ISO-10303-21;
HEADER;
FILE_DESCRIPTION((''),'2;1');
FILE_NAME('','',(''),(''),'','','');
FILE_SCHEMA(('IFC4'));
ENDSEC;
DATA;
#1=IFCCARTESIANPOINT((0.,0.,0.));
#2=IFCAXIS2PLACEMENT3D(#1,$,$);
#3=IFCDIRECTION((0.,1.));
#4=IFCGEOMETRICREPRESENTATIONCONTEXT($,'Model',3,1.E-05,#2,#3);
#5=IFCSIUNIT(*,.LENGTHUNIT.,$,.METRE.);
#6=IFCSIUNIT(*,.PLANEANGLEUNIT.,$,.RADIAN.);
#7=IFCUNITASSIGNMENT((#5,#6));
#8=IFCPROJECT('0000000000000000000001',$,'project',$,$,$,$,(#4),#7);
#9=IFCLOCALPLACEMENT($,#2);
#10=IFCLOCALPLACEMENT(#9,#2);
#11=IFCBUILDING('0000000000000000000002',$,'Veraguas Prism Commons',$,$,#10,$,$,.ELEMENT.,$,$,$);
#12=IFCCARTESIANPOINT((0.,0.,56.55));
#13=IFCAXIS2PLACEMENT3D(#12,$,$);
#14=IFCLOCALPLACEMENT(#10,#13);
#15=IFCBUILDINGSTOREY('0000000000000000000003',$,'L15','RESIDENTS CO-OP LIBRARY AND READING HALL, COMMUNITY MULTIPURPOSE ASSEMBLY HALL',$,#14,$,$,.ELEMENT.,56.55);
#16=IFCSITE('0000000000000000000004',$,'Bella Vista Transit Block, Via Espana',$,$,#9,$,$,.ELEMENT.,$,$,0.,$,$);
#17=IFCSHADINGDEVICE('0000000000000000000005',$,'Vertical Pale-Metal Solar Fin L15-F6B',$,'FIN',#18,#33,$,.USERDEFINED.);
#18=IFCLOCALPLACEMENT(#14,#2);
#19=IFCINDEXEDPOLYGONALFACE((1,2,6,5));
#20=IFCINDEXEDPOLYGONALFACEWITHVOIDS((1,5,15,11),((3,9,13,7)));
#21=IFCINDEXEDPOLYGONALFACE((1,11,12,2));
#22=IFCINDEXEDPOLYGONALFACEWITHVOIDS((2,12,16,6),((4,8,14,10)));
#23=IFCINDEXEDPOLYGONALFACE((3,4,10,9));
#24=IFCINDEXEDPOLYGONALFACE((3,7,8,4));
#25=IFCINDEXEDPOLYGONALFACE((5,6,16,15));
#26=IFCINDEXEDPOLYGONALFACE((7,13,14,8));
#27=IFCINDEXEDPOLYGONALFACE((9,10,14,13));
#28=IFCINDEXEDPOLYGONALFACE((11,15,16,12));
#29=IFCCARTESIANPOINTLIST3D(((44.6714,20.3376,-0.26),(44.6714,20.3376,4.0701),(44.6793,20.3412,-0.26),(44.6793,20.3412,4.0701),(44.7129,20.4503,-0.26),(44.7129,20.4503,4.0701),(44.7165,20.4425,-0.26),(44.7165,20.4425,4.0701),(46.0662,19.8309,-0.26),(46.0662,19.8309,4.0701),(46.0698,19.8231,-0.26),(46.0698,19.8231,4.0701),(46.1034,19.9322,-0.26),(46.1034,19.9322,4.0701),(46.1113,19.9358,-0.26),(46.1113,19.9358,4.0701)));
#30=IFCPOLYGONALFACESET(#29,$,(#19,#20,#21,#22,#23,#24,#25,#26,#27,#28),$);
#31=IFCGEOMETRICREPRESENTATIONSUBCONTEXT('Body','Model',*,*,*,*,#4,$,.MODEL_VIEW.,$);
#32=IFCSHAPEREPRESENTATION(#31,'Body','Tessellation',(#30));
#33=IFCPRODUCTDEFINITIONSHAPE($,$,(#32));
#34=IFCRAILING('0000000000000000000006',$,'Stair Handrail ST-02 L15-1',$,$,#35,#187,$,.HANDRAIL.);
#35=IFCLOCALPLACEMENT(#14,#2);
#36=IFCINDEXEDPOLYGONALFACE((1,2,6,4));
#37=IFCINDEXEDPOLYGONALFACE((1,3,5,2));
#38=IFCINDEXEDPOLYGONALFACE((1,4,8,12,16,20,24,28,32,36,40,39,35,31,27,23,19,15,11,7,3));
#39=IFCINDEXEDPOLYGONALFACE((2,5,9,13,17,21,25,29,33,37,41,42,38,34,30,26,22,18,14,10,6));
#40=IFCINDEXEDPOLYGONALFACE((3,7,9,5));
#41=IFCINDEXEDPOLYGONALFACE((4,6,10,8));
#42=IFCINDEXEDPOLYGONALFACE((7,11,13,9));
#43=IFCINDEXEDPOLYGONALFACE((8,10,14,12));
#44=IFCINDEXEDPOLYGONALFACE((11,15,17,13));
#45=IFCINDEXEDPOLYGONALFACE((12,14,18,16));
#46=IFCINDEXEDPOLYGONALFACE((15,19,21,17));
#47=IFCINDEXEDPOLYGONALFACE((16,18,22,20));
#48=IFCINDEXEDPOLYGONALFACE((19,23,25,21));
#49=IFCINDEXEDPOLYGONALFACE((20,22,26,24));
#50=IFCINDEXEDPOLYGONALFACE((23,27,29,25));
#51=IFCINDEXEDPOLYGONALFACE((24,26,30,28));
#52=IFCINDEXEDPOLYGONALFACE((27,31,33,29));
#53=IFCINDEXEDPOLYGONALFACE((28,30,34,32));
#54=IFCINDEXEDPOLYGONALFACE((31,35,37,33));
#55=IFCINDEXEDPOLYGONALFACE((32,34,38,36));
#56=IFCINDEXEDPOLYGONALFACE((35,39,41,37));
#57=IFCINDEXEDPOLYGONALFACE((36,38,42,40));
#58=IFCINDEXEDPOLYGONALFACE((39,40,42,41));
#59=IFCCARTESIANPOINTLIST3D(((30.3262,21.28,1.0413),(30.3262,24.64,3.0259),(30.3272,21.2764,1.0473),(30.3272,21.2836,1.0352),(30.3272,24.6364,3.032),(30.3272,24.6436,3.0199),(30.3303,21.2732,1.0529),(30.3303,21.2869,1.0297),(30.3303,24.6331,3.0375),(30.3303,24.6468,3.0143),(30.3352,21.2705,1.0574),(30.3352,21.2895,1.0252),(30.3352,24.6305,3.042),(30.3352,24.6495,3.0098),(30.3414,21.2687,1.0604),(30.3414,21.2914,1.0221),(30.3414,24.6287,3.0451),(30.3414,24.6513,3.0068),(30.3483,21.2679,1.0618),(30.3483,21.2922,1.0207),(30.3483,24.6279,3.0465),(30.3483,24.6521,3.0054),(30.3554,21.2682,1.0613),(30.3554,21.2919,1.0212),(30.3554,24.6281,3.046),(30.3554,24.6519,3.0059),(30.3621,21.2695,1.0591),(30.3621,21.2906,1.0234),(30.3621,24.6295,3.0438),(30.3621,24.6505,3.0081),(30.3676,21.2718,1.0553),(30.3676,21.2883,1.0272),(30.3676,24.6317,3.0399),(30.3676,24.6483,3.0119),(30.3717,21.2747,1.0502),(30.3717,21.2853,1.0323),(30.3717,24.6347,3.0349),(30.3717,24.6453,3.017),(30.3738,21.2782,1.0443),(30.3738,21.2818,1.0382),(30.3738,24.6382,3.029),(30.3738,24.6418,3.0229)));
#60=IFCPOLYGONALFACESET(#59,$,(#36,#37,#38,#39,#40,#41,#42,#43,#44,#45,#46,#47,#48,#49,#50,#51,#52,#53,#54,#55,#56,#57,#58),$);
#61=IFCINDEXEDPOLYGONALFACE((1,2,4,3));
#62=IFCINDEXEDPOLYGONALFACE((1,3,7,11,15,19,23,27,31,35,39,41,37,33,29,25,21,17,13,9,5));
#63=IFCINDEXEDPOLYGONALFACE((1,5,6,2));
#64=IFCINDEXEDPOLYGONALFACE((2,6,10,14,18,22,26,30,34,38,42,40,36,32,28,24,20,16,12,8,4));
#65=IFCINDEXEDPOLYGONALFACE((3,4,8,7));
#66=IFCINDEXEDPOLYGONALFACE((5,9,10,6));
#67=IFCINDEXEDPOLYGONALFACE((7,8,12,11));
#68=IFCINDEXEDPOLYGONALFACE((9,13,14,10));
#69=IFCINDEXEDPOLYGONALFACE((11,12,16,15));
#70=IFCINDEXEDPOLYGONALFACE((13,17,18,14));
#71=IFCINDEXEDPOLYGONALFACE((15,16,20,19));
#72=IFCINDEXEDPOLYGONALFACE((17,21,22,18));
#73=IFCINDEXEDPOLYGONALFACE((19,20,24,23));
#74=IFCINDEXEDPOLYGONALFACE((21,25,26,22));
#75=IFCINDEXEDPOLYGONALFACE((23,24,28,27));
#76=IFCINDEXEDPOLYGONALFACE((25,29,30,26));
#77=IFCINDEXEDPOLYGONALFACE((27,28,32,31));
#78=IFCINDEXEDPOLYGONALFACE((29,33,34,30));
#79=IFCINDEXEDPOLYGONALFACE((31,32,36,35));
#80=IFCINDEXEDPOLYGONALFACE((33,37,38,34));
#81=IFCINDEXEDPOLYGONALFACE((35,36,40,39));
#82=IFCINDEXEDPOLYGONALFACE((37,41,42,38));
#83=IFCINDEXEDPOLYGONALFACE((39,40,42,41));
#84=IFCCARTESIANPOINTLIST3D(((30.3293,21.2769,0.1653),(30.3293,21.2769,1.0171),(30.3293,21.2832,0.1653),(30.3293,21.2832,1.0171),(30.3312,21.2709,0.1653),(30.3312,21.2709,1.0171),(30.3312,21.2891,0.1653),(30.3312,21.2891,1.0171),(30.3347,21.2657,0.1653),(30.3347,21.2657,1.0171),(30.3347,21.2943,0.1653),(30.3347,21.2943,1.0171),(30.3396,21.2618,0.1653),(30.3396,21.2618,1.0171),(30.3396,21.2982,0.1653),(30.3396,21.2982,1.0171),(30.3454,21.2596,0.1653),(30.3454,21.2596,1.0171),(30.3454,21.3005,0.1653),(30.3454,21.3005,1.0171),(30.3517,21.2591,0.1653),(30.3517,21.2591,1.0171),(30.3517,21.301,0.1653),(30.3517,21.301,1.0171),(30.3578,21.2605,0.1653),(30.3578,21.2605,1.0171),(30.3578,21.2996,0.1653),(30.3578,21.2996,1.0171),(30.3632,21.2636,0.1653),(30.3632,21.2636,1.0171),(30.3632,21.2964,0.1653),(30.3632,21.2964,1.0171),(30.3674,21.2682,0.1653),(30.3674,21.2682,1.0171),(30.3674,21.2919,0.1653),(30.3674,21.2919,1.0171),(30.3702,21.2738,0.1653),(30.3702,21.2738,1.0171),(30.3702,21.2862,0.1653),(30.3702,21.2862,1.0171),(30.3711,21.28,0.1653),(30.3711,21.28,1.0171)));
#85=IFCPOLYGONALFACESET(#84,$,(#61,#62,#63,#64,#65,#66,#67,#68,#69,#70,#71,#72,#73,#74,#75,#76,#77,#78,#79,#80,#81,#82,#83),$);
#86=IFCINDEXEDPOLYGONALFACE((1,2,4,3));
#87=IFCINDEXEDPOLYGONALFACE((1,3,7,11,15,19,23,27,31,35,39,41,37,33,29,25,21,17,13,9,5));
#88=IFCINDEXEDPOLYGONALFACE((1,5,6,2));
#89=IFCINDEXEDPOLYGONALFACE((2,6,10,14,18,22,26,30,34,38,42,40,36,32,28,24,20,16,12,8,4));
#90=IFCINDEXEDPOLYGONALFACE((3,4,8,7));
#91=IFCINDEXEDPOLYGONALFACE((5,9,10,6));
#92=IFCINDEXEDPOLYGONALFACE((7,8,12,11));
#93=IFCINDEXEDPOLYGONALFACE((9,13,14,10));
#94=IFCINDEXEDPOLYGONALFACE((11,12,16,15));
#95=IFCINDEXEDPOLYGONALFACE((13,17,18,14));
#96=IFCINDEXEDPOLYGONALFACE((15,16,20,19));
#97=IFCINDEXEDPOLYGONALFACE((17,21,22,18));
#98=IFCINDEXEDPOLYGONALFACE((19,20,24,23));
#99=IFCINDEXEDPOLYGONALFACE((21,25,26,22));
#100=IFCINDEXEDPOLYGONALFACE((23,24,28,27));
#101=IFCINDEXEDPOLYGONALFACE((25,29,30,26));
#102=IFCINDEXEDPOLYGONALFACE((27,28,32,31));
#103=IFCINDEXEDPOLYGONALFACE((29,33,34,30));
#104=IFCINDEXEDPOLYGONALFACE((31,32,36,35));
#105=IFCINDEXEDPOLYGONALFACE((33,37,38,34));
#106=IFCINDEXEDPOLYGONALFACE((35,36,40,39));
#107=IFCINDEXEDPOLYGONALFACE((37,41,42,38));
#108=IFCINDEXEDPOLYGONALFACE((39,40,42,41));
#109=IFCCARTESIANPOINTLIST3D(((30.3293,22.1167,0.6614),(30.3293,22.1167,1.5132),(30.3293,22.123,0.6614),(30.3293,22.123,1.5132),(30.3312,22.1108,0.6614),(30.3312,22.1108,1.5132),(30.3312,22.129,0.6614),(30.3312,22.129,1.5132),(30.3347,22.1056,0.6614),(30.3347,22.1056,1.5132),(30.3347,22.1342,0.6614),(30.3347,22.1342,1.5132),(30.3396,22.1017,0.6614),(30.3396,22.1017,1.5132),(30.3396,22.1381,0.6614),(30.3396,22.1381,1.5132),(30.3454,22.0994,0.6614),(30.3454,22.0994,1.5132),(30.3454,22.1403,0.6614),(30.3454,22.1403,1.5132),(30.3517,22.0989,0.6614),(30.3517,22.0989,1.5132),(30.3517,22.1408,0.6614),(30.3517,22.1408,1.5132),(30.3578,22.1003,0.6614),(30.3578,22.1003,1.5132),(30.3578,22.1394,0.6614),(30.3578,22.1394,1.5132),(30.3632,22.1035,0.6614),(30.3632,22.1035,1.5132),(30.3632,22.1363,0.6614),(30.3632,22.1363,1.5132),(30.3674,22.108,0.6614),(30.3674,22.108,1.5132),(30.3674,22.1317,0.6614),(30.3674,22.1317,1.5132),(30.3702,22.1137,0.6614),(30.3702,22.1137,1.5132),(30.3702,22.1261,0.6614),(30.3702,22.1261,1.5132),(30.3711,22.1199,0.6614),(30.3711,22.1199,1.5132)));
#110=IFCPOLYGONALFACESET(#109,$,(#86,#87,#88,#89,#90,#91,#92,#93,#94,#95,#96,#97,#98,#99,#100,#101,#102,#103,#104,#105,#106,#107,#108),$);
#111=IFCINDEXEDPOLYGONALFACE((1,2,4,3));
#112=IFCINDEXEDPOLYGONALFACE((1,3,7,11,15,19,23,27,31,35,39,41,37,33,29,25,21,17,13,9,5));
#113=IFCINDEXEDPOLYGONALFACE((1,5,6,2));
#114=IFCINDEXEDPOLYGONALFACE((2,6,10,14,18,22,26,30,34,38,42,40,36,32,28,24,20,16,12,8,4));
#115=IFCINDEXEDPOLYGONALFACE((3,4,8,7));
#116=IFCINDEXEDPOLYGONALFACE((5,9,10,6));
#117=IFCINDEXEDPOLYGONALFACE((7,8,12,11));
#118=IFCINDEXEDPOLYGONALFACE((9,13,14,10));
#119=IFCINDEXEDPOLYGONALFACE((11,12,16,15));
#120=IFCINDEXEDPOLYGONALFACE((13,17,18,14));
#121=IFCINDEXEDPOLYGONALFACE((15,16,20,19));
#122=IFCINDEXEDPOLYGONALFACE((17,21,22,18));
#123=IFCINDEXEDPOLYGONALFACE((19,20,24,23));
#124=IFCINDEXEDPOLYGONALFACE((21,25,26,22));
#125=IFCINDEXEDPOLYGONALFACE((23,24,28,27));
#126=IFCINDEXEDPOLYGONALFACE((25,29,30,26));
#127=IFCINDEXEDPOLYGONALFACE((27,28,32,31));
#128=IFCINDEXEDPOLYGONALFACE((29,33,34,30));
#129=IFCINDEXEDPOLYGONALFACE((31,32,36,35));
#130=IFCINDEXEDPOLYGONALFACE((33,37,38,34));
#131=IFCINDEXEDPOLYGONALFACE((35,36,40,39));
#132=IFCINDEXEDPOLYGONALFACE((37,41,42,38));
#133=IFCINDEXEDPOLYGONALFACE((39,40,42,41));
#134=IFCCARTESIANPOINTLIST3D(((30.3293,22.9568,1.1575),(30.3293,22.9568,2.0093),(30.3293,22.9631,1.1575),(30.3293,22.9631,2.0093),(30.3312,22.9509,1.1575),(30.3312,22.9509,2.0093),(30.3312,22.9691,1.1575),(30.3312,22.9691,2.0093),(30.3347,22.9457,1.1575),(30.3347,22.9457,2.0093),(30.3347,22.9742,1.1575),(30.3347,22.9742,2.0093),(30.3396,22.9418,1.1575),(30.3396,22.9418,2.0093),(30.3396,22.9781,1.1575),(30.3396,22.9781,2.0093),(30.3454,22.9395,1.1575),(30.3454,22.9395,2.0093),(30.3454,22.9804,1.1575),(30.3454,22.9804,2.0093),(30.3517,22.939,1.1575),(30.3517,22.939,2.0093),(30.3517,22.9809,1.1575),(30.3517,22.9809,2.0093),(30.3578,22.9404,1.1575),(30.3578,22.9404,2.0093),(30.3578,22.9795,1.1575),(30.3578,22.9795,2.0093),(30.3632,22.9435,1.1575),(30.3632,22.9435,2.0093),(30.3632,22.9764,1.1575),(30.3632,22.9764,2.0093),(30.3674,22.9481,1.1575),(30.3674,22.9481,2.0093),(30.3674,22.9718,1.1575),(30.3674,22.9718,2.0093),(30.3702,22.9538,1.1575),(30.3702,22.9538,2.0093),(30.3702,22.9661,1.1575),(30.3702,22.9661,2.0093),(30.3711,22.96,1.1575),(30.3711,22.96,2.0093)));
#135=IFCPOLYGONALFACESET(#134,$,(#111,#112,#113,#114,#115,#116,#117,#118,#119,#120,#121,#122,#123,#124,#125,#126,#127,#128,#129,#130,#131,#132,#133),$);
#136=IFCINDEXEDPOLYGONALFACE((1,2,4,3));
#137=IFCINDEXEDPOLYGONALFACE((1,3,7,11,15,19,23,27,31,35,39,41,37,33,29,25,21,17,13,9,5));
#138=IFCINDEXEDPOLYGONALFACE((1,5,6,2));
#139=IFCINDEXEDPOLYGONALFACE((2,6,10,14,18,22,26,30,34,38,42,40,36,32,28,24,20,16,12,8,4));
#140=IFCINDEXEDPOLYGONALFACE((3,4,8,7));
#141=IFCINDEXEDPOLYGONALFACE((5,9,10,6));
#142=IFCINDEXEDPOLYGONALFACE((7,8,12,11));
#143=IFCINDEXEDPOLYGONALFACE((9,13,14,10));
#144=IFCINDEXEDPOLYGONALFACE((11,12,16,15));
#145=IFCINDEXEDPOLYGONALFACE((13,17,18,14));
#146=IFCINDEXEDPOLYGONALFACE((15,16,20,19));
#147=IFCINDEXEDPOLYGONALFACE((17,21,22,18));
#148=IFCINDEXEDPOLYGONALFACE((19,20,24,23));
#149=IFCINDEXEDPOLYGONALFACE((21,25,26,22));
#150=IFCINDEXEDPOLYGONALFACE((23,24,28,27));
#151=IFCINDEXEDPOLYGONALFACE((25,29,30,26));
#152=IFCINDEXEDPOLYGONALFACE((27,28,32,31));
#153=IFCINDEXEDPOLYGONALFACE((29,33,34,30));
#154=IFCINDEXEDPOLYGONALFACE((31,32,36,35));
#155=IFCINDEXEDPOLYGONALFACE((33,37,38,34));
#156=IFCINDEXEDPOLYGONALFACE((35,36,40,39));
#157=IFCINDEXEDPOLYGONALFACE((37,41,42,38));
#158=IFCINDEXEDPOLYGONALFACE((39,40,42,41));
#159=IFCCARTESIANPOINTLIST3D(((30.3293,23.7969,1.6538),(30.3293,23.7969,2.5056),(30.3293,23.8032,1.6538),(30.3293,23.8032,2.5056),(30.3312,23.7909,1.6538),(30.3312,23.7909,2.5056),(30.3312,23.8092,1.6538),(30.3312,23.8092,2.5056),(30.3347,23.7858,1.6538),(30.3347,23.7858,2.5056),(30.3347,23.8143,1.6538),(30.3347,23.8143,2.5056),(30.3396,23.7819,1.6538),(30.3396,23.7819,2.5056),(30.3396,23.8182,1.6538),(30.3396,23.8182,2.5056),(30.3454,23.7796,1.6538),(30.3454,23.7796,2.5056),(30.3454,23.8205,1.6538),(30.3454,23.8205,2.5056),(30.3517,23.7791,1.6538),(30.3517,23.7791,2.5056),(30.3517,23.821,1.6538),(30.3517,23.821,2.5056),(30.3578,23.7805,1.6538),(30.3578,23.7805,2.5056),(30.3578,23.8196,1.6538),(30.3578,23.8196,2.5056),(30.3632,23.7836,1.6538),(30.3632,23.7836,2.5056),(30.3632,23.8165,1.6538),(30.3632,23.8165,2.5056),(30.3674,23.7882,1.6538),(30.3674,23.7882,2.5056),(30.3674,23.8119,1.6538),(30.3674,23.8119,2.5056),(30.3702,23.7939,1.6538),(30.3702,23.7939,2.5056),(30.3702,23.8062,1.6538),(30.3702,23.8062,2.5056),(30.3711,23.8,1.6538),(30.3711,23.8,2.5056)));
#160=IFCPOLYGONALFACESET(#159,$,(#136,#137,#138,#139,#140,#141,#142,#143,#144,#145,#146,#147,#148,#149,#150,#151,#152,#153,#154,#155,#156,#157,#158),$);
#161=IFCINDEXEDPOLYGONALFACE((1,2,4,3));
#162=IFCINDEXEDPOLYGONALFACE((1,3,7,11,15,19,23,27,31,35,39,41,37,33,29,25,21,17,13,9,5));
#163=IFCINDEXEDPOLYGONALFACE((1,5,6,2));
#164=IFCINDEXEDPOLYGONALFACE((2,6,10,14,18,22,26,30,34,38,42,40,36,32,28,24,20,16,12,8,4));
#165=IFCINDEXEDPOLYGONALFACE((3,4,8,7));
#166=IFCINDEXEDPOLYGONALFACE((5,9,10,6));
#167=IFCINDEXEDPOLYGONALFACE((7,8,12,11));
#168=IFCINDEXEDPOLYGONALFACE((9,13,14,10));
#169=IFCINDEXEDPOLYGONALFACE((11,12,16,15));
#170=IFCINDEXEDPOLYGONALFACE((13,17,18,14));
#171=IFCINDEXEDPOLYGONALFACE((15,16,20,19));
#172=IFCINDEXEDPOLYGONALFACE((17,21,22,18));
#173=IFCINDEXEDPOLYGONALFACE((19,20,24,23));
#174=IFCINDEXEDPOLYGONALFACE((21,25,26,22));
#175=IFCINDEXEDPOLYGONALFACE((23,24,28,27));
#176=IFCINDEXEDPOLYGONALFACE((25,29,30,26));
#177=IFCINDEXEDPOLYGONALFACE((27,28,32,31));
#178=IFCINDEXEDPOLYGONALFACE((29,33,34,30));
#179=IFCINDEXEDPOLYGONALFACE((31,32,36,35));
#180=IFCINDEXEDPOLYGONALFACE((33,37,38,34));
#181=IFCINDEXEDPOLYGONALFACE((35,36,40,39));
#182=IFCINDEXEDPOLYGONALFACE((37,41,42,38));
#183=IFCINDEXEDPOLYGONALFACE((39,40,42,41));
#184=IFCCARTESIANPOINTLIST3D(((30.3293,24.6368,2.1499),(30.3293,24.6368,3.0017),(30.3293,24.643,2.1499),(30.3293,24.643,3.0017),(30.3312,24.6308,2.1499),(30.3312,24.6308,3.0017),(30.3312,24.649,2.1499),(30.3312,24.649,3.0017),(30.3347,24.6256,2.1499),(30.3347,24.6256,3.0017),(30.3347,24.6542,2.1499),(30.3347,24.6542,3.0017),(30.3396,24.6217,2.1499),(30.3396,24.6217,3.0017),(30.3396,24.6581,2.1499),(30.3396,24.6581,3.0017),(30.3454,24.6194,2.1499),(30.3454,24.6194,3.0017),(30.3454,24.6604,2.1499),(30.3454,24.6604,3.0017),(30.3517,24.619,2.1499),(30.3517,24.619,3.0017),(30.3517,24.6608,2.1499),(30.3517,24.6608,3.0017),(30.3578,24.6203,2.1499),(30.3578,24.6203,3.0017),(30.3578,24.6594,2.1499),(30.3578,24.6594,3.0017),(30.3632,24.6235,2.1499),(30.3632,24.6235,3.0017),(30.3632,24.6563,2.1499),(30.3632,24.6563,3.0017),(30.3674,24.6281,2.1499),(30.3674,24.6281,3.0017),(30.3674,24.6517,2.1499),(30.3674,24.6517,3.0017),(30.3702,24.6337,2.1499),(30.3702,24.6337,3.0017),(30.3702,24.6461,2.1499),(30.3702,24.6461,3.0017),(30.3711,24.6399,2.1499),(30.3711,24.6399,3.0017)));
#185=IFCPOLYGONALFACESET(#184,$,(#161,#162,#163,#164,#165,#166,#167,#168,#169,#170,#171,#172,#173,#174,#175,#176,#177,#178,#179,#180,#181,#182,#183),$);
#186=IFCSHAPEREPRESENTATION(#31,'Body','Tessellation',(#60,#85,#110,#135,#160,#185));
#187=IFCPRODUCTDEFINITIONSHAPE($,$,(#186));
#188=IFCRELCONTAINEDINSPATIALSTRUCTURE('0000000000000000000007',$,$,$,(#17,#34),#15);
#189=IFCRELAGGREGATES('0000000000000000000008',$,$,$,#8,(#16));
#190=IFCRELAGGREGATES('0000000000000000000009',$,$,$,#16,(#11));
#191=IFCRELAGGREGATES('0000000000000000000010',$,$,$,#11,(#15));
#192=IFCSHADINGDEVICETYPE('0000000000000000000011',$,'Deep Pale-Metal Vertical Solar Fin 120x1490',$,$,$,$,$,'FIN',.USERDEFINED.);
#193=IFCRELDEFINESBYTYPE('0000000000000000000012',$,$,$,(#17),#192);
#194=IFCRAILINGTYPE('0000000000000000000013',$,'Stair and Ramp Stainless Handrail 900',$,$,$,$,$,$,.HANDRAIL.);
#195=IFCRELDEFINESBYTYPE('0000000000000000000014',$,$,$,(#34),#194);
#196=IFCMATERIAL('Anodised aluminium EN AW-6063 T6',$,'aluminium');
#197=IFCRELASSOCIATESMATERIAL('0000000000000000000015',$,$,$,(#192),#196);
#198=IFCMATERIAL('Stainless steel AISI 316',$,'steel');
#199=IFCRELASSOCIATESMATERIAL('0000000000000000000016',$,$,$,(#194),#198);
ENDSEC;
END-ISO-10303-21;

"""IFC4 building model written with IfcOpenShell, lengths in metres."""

from ifc_helpers import new_model, si_unit, direction, frame, origin, origin_2d, place, context, subcontext, project, spatial, hollow_rectangle, circle, extrude, material, material_profile, profile_set, type_object, element, save


model = new_model("IFC4")

# Units and contexts
model_context = context("Model", 3, precision=1e-05, world=origin(), true_north=direction((0.0, 1.0)))
body_context = subcontext(model_context, "Body", "Model", "MODEL_VIEW")
ifc_project = project(units=[si_unit("LENGTHUNIT", "METRE"), si_unit("PLANEANGLEUNIT", "RADIAN")], contexts=[model_context])

# Site, building, storey
site_placement = place(None, origin())
site = spatial("IfcSite", under=ifc_project, at=site_placement, Name="Bella Vista Transit Block, Via Espana", CompositionType="ELEMENT", RefElevation=0.0)
building_placement = place(site_placement, origin())
building = spatial("IfcBuilding", under=site, at=building_placement, Name="Veraguas Prism Commons", CompositionType="ELEMENT")
storey_placement = place(building_placement, frame((0.0, 0.0, 56.55)))
storey = spatial("IfcBuildingStorey", under=building, at=storey_placement, Name="L15", Description="RESIDENTS CO-OP LIBRARY AND READING HALL, COMMUNITY MULTIPURPOSE ASSEMBLY HALL", CompositionType="ELEMENT", Elevation=56.55)

# Shared definitions
ifc_material_1 = material(Name="Anodised aluminium EN AW-6063 T6", Category="aluminium")

# Shading device
ifc_material_profile_1 = material_profile(ifc_material_1, hollow_rectangle(XDim=0.1201, YDim=1.49, WallThickness=0.0061, at=origin_2d()), Name="FIN120X1490X6")
ifc_profile_set_1 = profile_set([ifc_material_profile_1], Name="Anodised aluminium EN AW-6063 T6")
shading_device_type = type_object("IfcShadingDeviceType", Name="Deep Pale-Metal Vertical Solar Fin 120x1490", ElementType="FIN", PredefinedType="USERDEFINED", material=ifc_profile_set_1)
for number, where, z_axis, x_axis, name in (
    (1, (45.3914, 20.1367, -0.26), (0.0, 0.0, 1.0), (0.345301, 0.938492, 0.0), "Vertical Pale-Metal Solar Fin L15-F6B"),
):
    element("IfcShadingDevice", number, at=place(storey_placement, frame(where, z_axis=z_axis, x_axis=x_axis)), inside=storey, type_object=shading_device_type, Name=name, ObjectType="FIN", PredefinedType="USERDEFINED", context=body_context, shape_type="SweptSolid", body=[
        extrude(hollow_rectangle(XDim=0.1201, YDim=1.49, WallThickness=0.0061, at=origin_2d()), origin(), (0.0, 0.0, 1.0), 4.3301),
    ])

# Railing
ifc_material_2 = material(Name="Stainless steel AISI 316", Category="steel")
railing_type = type_object("IfcRailingType", Name="Stair and Ramp Stainless Handrail 900", PredefinedType="HANDRAIL", material=ifc_material_2)
railing_placement = place(storey_placement, frame((30.3501, 21.28, 0.1653)))
element("IfcRailing", 2, at=railing_placement, inside=storey, type_object=railing_type, Name="Stair Handrail ST-02 L15-1", PredefinedType="HANDRAIL", context=body_context, shape_type="SweptSolid", body=[
    extrude(circle(Radius=0.0239, at=origin_2d()), frame((0.0, 0.0, 0.876), z_axis=(0.0, 0.861011, 0.508586), x_axis=(-1.0, 0.0, 0.0)), (0.0, 0.0, 1.0), 3.9023),
    extrude(circle(Radius=0.021, at=origin_2d()), origin(), (0.0, 0.0, 1.0), 0.8518),
    extrude(circle(Radius=0.021, at=origin_2d()), frame((0.0, 0.8398, 0.4961)), (0.0, 0.0, 1.0), 0.8518),
    extrude(circle(Radius=0.021, at=origin_2d()), frame((0.0, 1.6799, 0.9922)), (0.0, 0.0, 1.0), 0.8518),
    extrude(circle(Radius=0.021, at=origin_2d()), frame((0.0, 2.52, 1.4885)), (0.0, 0.0, 1.0), 0.8518),
    extrude(circle(Radius=0.021, at=origin_2d()), frame((0.0, 3.3599, 1.9846)), (0.0, 0.0, 1.0), 0.8518),
])

save(model, "model.ifc")
